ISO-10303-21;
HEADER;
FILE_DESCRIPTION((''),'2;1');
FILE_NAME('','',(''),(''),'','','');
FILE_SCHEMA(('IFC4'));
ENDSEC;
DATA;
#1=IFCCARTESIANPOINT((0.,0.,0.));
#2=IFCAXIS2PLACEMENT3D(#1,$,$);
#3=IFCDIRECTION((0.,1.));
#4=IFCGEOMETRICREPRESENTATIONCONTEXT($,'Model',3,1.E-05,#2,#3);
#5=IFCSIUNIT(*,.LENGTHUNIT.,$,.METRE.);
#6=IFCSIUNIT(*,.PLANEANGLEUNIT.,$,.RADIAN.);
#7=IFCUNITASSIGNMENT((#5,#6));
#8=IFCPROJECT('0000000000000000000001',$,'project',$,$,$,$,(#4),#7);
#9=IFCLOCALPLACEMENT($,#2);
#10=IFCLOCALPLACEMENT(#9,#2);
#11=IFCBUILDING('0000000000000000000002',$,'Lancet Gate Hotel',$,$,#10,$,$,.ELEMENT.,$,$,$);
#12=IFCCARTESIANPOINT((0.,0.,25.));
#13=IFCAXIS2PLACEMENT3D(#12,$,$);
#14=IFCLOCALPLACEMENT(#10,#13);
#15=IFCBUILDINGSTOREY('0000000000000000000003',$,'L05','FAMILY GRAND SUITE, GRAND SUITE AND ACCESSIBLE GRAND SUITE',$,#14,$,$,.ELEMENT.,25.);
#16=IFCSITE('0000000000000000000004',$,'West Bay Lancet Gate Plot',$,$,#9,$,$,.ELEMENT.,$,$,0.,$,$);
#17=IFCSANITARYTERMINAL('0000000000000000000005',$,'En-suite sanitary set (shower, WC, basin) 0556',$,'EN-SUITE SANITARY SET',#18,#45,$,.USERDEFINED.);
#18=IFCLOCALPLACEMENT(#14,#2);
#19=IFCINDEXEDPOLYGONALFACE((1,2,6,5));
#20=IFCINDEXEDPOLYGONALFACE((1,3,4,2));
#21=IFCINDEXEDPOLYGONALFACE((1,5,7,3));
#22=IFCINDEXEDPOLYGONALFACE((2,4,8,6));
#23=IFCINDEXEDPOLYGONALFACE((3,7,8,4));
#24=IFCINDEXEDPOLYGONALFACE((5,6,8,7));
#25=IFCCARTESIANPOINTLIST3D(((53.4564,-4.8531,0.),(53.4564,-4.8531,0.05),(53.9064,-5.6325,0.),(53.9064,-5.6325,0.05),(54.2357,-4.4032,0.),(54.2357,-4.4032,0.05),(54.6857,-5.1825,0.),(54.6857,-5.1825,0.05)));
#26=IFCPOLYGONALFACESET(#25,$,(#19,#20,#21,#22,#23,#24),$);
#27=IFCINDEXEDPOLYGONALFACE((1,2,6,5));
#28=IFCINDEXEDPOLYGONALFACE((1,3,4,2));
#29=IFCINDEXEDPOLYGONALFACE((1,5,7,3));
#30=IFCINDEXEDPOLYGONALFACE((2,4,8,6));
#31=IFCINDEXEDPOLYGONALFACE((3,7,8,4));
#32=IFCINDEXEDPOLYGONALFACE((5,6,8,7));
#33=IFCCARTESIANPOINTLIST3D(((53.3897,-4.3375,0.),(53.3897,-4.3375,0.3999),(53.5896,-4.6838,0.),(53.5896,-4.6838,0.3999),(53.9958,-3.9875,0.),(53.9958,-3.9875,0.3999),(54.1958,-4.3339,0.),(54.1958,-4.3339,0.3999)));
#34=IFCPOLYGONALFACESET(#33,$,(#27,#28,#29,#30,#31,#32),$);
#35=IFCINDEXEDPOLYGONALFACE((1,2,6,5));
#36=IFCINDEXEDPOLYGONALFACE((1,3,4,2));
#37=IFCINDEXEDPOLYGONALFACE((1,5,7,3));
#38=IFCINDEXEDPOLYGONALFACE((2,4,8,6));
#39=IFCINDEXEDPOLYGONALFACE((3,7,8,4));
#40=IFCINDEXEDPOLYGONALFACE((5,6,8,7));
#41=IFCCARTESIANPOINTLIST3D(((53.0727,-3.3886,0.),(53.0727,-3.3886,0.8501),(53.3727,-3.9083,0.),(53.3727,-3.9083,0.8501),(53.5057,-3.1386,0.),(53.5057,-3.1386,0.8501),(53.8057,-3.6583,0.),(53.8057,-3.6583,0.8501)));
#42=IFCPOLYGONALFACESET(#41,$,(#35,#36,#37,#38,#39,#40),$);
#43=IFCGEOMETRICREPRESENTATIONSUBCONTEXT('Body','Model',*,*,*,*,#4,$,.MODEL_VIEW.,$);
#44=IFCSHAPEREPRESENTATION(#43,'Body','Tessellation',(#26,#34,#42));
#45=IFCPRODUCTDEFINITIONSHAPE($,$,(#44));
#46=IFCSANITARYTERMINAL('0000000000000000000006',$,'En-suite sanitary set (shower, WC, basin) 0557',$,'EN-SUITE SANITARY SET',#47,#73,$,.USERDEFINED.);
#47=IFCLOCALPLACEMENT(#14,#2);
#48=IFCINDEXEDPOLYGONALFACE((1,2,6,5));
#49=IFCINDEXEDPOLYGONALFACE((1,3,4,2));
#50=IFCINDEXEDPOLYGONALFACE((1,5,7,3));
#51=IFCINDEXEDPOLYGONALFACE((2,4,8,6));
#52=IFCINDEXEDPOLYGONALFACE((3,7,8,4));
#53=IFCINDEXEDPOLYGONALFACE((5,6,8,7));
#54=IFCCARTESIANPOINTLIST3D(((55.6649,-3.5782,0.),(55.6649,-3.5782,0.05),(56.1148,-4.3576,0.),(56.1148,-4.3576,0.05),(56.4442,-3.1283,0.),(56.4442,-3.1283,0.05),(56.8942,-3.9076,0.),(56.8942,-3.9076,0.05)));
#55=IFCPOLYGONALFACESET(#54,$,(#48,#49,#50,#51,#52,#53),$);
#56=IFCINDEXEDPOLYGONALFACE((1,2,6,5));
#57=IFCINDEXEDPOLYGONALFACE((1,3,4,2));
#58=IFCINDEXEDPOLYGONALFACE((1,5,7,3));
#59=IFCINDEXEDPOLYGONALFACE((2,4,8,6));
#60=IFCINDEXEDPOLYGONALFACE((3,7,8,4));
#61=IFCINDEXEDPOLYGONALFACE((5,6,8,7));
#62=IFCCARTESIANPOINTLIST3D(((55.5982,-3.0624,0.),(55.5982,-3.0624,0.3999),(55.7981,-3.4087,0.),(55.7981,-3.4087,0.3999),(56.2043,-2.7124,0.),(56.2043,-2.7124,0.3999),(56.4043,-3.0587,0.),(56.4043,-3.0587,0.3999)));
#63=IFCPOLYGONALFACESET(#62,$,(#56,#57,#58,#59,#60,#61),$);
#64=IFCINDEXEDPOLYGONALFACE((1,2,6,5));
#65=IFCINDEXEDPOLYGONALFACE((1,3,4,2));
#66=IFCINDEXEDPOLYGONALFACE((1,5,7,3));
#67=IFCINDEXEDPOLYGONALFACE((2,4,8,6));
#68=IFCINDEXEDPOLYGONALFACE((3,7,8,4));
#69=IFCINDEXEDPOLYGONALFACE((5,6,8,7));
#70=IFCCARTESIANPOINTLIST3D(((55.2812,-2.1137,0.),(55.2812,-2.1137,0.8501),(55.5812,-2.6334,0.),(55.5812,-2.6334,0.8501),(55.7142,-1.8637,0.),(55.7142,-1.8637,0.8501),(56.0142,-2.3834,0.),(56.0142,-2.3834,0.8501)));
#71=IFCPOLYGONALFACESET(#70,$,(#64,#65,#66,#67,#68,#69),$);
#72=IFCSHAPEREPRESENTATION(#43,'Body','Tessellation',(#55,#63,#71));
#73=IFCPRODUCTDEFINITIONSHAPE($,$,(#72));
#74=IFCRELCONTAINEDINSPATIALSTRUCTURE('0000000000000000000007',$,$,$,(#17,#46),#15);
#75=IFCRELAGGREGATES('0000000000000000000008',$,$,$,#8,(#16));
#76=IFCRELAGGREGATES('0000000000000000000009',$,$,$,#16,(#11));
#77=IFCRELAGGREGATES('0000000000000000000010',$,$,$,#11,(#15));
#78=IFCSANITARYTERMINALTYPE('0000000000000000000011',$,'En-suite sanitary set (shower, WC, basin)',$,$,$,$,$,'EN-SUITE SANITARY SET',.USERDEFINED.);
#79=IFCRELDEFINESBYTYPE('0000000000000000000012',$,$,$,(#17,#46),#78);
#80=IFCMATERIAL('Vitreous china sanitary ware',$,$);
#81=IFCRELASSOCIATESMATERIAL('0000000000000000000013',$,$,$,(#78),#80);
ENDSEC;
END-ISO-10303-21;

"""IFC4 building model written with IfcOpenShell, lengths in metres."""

from ifc_helpers import new_model, si_unit, direction, frame, origin, origin_2d, place, context, subcontext, project, spatial, rectangle, extrude, material, type_object, element, save


model = new_model("IFC4")

# Units and contexts
model_context = context("Model", 3, precision=1e-05, world=origin(), true_north=direction((0.0, 1.0)))
body_context = subcontext(model_context, "Body", "Model", "MODEL_VIEW")
ifc_project = project(units=[si_unit("LENGTHUNIT", "METRE"), si_unit("PLANEANGLEUNIT", "RADIAN")], contexts=[model_context])

# Site, building, storey
site_placement = place(None, origin())
site = spatial("IfcSite", under=ifc_project, at=site_placement, Name="West Bay Lancet Gate Plot", CompositionType="ELEMENT", RefElevation=0.0)
building_placement = place(site_placement, origin())
building = spatial("IfcBuilding", under=site, at=building_placement, Name="Lancet Gate Hotel", CompositionType="ELEMENT")
storey_placement = place(building_placement, frame((0.0, 0.0, 25.0)))
storey = spatial("IfcBuildingStorey", under=building, at=storey_placement, Name="L05", Description="FAMILY GRAND SUITE, GRAND SUITE AND ACCESSIBLE GRAND SUITE", CompositionType="ELEMENT", Elevation=25.0)

# Sanitary terminals
ifc_material_1 = material(Name="Vitreous china sanitary ware")
sanitary_terminal_type = type_object("IfcSanitaryTerminalType", Name="En-suite sanitary set (shower, WC, basin)", ElementType="EN-SUITE SANITARY SET", PredefinedType="USERDEFINED", material=ifc_material_1)
sanitary_terminal_1_placement = place(storey_placement, frame((54.071, -5.0178, 0.0), z_axis=(0.0, 0.0, 1.0), x_axis=(1.0, 0.0, 0.0)))
element("IfcSanitaryTerminal", 1, at=sanitary_terminal_1_placement, inside=storey, type_object=sanitary_terminal_type, Name="En-suite sanitary set (shower, WC, basin) 0556", ObjectType="EN-SUITE SANITARY SET", PredefinedType="USERDEFINED", context=body_context, shape_type="SweptSolid", body=[
    extrude(rectangle(XDim=0.8999, YDim=0.8999, at=origin_2d()), frame((0.0, 0.0, 0.0), z_axis=(0.0, 0.0, 1.0), x_axis=(0.5, -0.866025, 0.0)), (0.0, 0.0, 1.0), 0.05),
    extrude(rectangle(XDim=0.3999, YDim=0.7, at=origin_2d()), frame((-0.2783, 0.6821, 0.0), z_axis=(0.0, 0.0, 1.0), x_axis=(0.5, -0.866025, 0.0)), (0.0, 0.0, 1.0), 0.3999),
    extrude(rectangle(XDim=0.6001, YDim=0.5, at=origin_2d()), frame((-0.6318, 1.4944, 0.0), z_axis=(0.0, 0.0, 1.0), x_axis=(0.5, -0.866025, 0.0)), (0.0, 0.0, 1.0), 0.8501),
])
sanitary_terminal_2_placement = place(storey_placement, frame((56.2795, -3.7429, 0.0), z_axis=(0.0, 0.0, 1.0), x_axis=(1.0, 0.0, 0.0)))
element("IfcSanitaryTerminal", 2, at=sanitary_terminal_2_placement, inside=storey, type_object=sanitary_terminal_type, Name="En-suite sanitary set (shower, WC, basin) 0557", ObjectType="EN-SUITE SANITARY SET", PredefinedType="USERDEFINED", context=body_context, shape_type="SweptSolid", body=[
    extrude(rectangle(XDim=0.8999, YDim=0.8999, at=origin_2d()), frame((0.0, 0.0, 0.0), z_axis=(0.0, 0.0, 1.0), x_axis=(0.5, -0.866025, 0.0)), (0.0, 0.0, 1.0), 0.05),
    extrude(rectangle(XDim=0.3999, YDim=0.7, at=origin_2d()), frame((-0.2783, 0.6824, 0.0), z_axis=(0.0, 0.0, 1.0), x_axis=(0.5, -0.866025, 0.0)), (0.0, 0.0, 1.0), 0.3999),
    extrude(rectangle(XDim=0.6001, YDim=0.5, at=origin_2d()), frame((-0.6318, 1.4944, 0.0), z_axis=(0.0, 0.0, 1.0), x_axis=(0.5, -0.866025, 0.0)), (0.0, 0.0, 1.0), 0.8501),
])

save(model, "model.ifc")
